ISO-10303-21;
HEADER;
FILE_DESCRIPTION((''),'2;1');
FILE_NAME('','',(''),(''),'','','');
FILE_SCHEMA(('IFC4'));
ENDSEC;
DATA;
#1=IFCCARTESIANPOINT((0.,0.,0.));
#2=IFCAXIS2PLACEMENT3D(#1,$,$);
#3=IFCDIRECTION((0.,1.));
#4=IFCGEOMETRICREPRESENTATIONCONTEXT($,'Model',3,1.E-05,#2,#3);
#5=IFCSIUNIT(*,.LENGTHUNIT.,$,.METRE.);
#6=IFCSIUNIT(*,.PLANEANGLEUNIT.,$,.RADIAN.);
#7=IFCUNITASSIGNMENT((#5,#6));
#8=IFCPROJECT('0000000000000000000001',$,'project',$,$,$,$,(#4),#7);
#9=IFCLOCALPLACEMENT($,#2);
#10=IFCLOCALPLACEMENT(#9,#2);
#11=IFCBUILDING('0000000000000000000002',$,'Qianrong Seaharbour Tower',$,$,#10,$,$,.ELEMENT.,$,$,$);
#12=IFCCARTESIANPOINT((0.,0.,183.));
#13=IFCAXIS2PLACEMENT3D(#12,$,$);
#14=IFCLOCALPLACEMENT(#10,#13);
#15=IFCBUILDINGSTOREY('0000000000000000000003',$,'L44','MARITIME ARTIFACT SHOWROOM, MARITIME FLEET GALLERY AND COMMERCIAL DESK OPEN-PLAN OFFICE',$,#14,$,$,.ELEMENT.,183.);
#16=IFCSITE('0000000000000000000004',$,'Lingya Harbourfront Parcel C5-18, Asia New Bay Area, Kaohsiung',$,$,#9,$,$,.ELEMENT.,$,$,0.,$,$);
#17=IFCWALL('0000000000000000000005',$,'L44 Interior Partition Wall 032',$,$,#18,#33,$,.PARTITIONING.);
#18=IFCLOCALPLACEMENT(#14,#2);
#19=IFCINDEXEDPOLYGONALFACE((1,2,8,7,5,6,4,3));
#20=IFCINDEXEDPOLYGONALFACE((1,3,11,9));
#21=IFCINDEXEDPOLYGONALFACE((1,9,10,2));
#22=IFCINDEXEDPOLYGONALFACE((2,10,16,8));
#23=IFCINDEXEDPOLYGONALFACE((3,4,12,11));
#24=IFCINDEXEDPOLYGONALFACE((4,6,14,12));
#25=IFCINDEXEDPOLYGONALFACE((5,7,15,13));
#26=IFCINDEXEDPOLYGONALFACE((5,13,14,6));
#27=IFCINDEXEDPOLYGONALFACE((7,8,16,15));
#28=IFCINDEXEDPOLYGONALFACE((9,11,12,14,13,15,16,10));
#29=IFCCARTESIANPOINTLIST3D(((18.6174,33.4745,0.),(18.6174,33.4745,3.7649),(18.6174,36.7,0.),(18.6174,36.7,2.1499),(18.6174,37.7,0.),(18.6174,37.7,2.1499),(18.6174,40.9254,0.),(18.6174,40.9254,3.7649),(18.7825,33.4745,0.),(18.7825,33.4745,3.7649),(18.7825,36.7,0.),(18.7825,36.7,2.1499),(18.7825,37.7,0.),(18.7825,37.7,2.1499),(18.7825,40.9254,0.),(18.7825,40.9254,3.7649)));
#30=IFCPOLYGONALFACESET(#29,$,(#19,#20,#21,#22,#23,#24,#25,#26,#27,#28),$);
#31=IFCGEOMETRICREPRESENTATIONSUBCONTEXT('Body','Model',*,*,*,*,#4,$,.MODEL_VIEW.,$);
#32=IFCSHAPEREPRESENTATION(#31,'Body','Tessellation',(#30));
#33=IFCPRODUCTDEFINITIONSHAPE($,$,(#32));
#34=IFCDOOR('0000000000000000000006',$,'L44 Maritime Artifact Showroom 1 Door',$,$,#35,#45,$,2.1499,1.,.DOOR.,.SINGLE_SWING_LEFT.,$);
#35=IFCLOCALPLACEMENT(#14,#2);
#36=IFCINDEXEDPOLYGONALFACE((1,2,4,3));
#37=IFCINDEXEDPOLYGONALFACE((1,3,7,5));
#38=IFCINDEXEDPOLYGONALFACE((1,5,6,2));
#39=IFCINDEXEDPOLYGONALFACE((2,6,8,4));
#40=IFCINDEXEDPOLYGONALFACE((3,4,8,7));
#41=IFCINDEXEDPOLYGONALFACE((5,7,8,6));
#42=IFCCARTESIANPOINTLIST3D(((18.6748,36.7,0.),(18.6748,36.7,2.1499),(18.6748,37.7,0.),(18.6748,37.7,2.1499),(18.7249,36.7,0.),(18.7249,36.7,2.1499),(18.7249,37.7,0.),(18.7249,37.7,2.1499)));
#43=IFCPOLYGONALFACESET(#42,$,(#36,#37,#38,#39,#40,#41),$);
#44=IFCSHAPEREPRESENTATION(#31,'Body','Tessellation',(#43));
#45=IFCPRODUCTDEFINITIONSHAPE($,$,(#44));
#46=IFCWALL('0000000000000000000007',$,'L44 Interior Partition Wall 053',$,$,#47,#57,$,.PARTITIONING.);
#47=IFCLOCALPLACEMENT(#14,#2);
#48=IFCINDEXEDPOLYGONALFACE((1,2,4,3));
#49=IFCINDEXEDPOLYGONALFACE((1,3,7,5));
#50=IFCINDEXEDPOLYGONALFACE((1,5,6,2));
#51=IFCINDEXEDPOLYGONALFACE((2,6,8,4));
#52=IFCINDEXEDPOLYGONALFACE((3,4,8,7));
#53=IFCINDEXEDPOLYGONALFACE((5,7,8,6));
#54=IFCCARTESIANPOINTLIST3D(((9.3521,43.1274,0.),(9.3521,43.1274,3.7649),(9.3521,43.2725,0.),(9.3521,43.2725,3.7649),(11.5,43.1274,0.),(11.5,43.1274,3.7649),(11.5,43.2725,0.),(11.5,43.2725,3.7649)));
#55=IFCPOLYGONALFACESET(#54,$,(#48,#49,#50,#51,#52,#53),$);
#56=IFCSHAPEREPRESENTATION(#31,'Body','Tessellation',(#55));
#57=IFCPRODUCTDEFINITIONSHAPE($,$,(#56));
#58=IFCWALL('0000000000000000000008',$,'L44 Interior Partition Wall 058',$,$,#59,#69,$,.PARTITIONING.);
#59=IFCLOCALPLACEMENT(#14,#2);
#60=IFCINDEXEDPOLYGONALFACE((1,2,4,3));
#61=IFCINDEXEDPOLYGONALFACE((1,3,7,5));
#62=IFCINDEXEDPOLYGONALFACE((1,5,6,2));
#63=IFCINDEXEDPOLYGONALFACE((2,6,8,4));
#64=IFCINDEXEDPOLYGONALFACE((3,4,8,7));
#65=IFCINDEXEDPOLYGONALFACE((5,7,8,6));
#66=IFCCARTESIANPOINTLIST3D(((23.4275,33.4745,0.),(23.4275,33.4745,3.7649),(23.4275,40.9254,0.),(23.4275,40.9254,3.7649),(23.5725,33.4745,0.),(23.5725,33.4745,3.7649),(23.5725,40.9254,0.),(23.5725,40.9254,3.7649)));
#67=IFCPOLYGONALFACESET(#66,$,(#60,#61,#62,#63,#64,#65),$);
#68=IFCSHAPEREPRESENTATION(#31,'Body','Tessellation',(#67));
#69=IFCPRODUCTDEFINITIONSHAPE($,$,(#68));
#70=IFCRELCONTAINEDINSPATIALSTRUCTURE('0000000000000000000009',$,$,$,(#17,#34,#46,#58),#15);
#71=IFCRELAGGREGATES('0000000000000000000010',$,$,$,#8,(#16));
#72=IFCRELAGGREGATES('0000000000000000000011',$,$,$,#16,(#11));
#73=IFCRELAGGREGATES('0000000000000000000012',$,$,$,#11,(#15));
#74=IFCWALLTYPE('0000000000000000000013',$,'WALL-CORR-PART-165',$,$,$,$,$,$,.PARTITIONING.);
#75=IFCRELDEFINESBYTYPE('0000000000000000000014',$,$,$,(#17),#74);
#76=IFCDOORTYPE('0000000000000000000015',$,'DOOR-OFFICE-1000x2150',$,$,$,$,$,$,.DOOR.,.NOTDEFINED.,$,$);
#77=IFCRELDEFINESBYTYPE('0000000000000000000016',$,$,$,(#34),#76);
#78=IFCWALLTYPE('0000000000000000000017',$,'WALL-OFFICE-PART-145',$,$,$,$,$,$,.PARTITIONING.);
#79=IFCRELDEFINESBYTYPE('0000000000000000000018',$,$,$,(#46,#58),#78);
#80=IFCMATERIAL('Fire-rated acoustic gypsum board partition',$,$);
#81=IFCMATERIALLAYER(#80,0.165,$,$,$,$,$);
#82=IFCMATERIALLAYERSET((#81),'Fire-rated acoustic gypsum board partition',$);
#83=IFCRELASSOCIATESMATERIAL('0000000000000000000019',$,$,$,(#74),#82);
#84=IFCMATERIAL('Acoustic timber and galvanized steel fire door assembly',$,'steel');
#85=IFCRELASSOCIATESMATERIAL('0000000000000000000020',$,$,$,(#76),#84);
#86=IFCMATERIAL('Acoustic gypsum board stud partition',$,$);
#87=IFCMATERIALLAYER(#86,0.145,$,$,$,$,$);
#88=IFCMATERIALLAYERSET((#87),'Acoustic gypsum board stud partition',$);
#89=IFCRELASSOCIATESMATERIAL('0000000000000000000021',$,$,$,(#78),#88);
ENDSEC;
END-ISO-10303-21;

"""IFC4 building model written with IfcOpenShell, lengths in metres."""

from ifc_helpers import new_model, si_unit, direction, frame, frame_2d, origin, place, context, subcontext, project, spatial, rectangle, extrude, material, layer, layer_set, type_object, element, fill, save


model = new_model("IFC4")

# Units and contexts
model_context = context("Model", 3, precision=1e-05, world=origin(), true_north=direction((0.0, 1.0)))
body_context = subcontext(model_context, "Body", "Model", "MODEL_VIEW")
ifc_project = project(units=[si_unit("LENGTHUNIT", "METRE"), si_unit("PLANEANGLEUNIT", "RADIAN")], contexts=[model_context])

# Site, building, storey
site_placement = place(None, origin())
site = spatial("IfcSite", under=ifc_project, at=site_placement, Name="Lingya Harbourfront Parcel C5-18, Asia New Bay Area, Kaohsiung", CompositionType="ELEMENT", RefElevation=0.0)
building_placement = place(site_placement, origin())
building = spatial("IfcBuilding", under=site, at=building_placement, Name="Qianrong Seaharbour Tower", CompositionType="ELEMENT")
storey_placement = place(building_placement, frame((0.0, 0.0, 183.0)))
storey = spatial("IfcBuildingStorey", under=building, at=storey_placement, Name="L44", Description="MARITIME ARTIFACT SHOWROOM, MARITIME FLEET GALLERY AND COMMERCIAL DESK OPEN-PLAN OFFICE", CompositionType="ELEMENT", Elevation=183.0)

# Shared definitions
ifc_material_1 = material(Name="Fire-rated acoustic gypsum board partition")
ifc_layer_1 = layer(ifc_material_1, 0.165)
ifc_layer_set_1 = layer_set([ifc_layer_1], Name="Fire-rated acoustic gypsum board partition")
wall_type_1 = type_object("IfcWallType", Name="WALL-CORR-PART-165", PredefinedType="PARTITIONING", material=ifc_layer_set_1)
ifc_material_2 = material(Name="Acoustic timber and galvanized steel fire door assembly", Category="steel")

# Wall, opening, door
wall_1_placement = place(storey_placement, frame((18.7, 40.9255, 0.0), z_axis=(0.0, 0.0, 1.0), x_axis=(0.0, -1.0, 0.0)))
wall_1 = element("IfcWall", 1, at=wall_1_placement, inside=storey, type_object=wall_type_1, Name="L44 Interior Partition Wall 032", PredefinedType="PARTITIONING", context=body_context, shape_type="SweptSolid", body=[
    extrude(rectangle(XDim=7.4509, YDim=0.165, at=frame_2d((3.7256, 0.0))), origin(), (0.0, 0.0, 1.0), 3.7649),
])
opening_1_placement = place(wall_1_placement, frame((3.2256, 0.0, 0.0)))
opening_1 = element("IfcOpeningElement", 2, at=opening_1_placement, cuts=wall_1, PredefinedType="OPENING", context=body_context, shape_type="SweptSolid", body=[
    extrude(rectangle(XDim=1.0, YDim=2.1499, at=frame_2d((0.5, 1.075))), frame((0.0, 0.0925, 0.0), z_axis=(0.0, -1.0, 0.0), x_axis=(1.0, 0.0, 0.0)), (0.0, 0.0, 1.0), 0.1851),
])
door_type_1 = type_object("IfcDoorType", Name="DOOR-OFFICE-1000x2150", OperationType="NOTDEFINED", PredefinedType="DOOR", material=ifc_material_2)
door_1_placement = place(opening_1_placement, origin())
door_1 = element("IfcDoor", 3, at=door_1_placement, inside=storey, type_object=door_type_1, Name="L44 Maritime Artifact Showroom 1 Door", OperationType="SINGLE_SWING_LEFT", OverallHeight=2.1499, OverallWidth=1.0, PredefinedType="DOOR", context=body_context, shape_type="SweptSolid", body=[
    extrude(rectangle(XDim=1.0, YDim=2.1499, at=frame_2d((0.5, 1.075))), frame((0.0, 0.0249, 0.0), z_axis=(0.0, -1.0, 0.0), x_axis=(1.0, 0.0, 0.0)), (0.0, 0.0, 1.0), 0.05),
])
fill(opening_1, door_1)

# Walls
ifc_material_3 = material(Name="Acoustic gypsum board stud partition")
ifc_layer_2 = layer(ifc_material_3, 0.145)
ifc_layer_set_2 = layer_set([ifc_layer_2], Name="Acoustic gypsum board stud partition")
wall_type_2 = type_object("IfcWallType", Name="WALL-OFFICE-PART-145", PredefinedType="PARTITIONING", material=ifc_layer_set_2)
wall_2_placement = place(storey_placement, frame((11.5, 43.2, 0.0), z_axis=(0.0, 0.0, 1.0), x_axis=(-1.0, 0.0, 0.0)))
element("IfcWall", 4, at=wall_2_placement, inside=storey, type_object=wall_type_2, Name="L44 Interior Partition Wall 053", PredefinedType="PARTITIONING", context=body_context, shape_type="SweptSolid", body=[
    extrude(rectangle(XDim=2.1479, YDim=0.145, at=frame_2d((1.074, 0.0))), origin(), (0.0, 0.0, 1.0), 3.7649),
])
wall_3_placement = place(storey_placement, frame((23.5, 40.9255, 0.0), z_axis=(0.0, 0.0, 1.0), x_axis=(0.0, -1.0, 0.0)))
element("IfcWall", 5, at=wall_3_placement, inside=storey, type_object=wall_type_2, Name="L44 Interior Partition Wall 058", PredefinedType="PARTITIONING", context=body_context, shape_type="SweptSolid", body=[
    extrude(rectangle(XDim=7.4509, YDim=0.145, at=frame_2d((3.7256, 0.0))), origin(), (0.0, 0.0, 1.0), 3.7649),
])

save(model, "model.ifc")
